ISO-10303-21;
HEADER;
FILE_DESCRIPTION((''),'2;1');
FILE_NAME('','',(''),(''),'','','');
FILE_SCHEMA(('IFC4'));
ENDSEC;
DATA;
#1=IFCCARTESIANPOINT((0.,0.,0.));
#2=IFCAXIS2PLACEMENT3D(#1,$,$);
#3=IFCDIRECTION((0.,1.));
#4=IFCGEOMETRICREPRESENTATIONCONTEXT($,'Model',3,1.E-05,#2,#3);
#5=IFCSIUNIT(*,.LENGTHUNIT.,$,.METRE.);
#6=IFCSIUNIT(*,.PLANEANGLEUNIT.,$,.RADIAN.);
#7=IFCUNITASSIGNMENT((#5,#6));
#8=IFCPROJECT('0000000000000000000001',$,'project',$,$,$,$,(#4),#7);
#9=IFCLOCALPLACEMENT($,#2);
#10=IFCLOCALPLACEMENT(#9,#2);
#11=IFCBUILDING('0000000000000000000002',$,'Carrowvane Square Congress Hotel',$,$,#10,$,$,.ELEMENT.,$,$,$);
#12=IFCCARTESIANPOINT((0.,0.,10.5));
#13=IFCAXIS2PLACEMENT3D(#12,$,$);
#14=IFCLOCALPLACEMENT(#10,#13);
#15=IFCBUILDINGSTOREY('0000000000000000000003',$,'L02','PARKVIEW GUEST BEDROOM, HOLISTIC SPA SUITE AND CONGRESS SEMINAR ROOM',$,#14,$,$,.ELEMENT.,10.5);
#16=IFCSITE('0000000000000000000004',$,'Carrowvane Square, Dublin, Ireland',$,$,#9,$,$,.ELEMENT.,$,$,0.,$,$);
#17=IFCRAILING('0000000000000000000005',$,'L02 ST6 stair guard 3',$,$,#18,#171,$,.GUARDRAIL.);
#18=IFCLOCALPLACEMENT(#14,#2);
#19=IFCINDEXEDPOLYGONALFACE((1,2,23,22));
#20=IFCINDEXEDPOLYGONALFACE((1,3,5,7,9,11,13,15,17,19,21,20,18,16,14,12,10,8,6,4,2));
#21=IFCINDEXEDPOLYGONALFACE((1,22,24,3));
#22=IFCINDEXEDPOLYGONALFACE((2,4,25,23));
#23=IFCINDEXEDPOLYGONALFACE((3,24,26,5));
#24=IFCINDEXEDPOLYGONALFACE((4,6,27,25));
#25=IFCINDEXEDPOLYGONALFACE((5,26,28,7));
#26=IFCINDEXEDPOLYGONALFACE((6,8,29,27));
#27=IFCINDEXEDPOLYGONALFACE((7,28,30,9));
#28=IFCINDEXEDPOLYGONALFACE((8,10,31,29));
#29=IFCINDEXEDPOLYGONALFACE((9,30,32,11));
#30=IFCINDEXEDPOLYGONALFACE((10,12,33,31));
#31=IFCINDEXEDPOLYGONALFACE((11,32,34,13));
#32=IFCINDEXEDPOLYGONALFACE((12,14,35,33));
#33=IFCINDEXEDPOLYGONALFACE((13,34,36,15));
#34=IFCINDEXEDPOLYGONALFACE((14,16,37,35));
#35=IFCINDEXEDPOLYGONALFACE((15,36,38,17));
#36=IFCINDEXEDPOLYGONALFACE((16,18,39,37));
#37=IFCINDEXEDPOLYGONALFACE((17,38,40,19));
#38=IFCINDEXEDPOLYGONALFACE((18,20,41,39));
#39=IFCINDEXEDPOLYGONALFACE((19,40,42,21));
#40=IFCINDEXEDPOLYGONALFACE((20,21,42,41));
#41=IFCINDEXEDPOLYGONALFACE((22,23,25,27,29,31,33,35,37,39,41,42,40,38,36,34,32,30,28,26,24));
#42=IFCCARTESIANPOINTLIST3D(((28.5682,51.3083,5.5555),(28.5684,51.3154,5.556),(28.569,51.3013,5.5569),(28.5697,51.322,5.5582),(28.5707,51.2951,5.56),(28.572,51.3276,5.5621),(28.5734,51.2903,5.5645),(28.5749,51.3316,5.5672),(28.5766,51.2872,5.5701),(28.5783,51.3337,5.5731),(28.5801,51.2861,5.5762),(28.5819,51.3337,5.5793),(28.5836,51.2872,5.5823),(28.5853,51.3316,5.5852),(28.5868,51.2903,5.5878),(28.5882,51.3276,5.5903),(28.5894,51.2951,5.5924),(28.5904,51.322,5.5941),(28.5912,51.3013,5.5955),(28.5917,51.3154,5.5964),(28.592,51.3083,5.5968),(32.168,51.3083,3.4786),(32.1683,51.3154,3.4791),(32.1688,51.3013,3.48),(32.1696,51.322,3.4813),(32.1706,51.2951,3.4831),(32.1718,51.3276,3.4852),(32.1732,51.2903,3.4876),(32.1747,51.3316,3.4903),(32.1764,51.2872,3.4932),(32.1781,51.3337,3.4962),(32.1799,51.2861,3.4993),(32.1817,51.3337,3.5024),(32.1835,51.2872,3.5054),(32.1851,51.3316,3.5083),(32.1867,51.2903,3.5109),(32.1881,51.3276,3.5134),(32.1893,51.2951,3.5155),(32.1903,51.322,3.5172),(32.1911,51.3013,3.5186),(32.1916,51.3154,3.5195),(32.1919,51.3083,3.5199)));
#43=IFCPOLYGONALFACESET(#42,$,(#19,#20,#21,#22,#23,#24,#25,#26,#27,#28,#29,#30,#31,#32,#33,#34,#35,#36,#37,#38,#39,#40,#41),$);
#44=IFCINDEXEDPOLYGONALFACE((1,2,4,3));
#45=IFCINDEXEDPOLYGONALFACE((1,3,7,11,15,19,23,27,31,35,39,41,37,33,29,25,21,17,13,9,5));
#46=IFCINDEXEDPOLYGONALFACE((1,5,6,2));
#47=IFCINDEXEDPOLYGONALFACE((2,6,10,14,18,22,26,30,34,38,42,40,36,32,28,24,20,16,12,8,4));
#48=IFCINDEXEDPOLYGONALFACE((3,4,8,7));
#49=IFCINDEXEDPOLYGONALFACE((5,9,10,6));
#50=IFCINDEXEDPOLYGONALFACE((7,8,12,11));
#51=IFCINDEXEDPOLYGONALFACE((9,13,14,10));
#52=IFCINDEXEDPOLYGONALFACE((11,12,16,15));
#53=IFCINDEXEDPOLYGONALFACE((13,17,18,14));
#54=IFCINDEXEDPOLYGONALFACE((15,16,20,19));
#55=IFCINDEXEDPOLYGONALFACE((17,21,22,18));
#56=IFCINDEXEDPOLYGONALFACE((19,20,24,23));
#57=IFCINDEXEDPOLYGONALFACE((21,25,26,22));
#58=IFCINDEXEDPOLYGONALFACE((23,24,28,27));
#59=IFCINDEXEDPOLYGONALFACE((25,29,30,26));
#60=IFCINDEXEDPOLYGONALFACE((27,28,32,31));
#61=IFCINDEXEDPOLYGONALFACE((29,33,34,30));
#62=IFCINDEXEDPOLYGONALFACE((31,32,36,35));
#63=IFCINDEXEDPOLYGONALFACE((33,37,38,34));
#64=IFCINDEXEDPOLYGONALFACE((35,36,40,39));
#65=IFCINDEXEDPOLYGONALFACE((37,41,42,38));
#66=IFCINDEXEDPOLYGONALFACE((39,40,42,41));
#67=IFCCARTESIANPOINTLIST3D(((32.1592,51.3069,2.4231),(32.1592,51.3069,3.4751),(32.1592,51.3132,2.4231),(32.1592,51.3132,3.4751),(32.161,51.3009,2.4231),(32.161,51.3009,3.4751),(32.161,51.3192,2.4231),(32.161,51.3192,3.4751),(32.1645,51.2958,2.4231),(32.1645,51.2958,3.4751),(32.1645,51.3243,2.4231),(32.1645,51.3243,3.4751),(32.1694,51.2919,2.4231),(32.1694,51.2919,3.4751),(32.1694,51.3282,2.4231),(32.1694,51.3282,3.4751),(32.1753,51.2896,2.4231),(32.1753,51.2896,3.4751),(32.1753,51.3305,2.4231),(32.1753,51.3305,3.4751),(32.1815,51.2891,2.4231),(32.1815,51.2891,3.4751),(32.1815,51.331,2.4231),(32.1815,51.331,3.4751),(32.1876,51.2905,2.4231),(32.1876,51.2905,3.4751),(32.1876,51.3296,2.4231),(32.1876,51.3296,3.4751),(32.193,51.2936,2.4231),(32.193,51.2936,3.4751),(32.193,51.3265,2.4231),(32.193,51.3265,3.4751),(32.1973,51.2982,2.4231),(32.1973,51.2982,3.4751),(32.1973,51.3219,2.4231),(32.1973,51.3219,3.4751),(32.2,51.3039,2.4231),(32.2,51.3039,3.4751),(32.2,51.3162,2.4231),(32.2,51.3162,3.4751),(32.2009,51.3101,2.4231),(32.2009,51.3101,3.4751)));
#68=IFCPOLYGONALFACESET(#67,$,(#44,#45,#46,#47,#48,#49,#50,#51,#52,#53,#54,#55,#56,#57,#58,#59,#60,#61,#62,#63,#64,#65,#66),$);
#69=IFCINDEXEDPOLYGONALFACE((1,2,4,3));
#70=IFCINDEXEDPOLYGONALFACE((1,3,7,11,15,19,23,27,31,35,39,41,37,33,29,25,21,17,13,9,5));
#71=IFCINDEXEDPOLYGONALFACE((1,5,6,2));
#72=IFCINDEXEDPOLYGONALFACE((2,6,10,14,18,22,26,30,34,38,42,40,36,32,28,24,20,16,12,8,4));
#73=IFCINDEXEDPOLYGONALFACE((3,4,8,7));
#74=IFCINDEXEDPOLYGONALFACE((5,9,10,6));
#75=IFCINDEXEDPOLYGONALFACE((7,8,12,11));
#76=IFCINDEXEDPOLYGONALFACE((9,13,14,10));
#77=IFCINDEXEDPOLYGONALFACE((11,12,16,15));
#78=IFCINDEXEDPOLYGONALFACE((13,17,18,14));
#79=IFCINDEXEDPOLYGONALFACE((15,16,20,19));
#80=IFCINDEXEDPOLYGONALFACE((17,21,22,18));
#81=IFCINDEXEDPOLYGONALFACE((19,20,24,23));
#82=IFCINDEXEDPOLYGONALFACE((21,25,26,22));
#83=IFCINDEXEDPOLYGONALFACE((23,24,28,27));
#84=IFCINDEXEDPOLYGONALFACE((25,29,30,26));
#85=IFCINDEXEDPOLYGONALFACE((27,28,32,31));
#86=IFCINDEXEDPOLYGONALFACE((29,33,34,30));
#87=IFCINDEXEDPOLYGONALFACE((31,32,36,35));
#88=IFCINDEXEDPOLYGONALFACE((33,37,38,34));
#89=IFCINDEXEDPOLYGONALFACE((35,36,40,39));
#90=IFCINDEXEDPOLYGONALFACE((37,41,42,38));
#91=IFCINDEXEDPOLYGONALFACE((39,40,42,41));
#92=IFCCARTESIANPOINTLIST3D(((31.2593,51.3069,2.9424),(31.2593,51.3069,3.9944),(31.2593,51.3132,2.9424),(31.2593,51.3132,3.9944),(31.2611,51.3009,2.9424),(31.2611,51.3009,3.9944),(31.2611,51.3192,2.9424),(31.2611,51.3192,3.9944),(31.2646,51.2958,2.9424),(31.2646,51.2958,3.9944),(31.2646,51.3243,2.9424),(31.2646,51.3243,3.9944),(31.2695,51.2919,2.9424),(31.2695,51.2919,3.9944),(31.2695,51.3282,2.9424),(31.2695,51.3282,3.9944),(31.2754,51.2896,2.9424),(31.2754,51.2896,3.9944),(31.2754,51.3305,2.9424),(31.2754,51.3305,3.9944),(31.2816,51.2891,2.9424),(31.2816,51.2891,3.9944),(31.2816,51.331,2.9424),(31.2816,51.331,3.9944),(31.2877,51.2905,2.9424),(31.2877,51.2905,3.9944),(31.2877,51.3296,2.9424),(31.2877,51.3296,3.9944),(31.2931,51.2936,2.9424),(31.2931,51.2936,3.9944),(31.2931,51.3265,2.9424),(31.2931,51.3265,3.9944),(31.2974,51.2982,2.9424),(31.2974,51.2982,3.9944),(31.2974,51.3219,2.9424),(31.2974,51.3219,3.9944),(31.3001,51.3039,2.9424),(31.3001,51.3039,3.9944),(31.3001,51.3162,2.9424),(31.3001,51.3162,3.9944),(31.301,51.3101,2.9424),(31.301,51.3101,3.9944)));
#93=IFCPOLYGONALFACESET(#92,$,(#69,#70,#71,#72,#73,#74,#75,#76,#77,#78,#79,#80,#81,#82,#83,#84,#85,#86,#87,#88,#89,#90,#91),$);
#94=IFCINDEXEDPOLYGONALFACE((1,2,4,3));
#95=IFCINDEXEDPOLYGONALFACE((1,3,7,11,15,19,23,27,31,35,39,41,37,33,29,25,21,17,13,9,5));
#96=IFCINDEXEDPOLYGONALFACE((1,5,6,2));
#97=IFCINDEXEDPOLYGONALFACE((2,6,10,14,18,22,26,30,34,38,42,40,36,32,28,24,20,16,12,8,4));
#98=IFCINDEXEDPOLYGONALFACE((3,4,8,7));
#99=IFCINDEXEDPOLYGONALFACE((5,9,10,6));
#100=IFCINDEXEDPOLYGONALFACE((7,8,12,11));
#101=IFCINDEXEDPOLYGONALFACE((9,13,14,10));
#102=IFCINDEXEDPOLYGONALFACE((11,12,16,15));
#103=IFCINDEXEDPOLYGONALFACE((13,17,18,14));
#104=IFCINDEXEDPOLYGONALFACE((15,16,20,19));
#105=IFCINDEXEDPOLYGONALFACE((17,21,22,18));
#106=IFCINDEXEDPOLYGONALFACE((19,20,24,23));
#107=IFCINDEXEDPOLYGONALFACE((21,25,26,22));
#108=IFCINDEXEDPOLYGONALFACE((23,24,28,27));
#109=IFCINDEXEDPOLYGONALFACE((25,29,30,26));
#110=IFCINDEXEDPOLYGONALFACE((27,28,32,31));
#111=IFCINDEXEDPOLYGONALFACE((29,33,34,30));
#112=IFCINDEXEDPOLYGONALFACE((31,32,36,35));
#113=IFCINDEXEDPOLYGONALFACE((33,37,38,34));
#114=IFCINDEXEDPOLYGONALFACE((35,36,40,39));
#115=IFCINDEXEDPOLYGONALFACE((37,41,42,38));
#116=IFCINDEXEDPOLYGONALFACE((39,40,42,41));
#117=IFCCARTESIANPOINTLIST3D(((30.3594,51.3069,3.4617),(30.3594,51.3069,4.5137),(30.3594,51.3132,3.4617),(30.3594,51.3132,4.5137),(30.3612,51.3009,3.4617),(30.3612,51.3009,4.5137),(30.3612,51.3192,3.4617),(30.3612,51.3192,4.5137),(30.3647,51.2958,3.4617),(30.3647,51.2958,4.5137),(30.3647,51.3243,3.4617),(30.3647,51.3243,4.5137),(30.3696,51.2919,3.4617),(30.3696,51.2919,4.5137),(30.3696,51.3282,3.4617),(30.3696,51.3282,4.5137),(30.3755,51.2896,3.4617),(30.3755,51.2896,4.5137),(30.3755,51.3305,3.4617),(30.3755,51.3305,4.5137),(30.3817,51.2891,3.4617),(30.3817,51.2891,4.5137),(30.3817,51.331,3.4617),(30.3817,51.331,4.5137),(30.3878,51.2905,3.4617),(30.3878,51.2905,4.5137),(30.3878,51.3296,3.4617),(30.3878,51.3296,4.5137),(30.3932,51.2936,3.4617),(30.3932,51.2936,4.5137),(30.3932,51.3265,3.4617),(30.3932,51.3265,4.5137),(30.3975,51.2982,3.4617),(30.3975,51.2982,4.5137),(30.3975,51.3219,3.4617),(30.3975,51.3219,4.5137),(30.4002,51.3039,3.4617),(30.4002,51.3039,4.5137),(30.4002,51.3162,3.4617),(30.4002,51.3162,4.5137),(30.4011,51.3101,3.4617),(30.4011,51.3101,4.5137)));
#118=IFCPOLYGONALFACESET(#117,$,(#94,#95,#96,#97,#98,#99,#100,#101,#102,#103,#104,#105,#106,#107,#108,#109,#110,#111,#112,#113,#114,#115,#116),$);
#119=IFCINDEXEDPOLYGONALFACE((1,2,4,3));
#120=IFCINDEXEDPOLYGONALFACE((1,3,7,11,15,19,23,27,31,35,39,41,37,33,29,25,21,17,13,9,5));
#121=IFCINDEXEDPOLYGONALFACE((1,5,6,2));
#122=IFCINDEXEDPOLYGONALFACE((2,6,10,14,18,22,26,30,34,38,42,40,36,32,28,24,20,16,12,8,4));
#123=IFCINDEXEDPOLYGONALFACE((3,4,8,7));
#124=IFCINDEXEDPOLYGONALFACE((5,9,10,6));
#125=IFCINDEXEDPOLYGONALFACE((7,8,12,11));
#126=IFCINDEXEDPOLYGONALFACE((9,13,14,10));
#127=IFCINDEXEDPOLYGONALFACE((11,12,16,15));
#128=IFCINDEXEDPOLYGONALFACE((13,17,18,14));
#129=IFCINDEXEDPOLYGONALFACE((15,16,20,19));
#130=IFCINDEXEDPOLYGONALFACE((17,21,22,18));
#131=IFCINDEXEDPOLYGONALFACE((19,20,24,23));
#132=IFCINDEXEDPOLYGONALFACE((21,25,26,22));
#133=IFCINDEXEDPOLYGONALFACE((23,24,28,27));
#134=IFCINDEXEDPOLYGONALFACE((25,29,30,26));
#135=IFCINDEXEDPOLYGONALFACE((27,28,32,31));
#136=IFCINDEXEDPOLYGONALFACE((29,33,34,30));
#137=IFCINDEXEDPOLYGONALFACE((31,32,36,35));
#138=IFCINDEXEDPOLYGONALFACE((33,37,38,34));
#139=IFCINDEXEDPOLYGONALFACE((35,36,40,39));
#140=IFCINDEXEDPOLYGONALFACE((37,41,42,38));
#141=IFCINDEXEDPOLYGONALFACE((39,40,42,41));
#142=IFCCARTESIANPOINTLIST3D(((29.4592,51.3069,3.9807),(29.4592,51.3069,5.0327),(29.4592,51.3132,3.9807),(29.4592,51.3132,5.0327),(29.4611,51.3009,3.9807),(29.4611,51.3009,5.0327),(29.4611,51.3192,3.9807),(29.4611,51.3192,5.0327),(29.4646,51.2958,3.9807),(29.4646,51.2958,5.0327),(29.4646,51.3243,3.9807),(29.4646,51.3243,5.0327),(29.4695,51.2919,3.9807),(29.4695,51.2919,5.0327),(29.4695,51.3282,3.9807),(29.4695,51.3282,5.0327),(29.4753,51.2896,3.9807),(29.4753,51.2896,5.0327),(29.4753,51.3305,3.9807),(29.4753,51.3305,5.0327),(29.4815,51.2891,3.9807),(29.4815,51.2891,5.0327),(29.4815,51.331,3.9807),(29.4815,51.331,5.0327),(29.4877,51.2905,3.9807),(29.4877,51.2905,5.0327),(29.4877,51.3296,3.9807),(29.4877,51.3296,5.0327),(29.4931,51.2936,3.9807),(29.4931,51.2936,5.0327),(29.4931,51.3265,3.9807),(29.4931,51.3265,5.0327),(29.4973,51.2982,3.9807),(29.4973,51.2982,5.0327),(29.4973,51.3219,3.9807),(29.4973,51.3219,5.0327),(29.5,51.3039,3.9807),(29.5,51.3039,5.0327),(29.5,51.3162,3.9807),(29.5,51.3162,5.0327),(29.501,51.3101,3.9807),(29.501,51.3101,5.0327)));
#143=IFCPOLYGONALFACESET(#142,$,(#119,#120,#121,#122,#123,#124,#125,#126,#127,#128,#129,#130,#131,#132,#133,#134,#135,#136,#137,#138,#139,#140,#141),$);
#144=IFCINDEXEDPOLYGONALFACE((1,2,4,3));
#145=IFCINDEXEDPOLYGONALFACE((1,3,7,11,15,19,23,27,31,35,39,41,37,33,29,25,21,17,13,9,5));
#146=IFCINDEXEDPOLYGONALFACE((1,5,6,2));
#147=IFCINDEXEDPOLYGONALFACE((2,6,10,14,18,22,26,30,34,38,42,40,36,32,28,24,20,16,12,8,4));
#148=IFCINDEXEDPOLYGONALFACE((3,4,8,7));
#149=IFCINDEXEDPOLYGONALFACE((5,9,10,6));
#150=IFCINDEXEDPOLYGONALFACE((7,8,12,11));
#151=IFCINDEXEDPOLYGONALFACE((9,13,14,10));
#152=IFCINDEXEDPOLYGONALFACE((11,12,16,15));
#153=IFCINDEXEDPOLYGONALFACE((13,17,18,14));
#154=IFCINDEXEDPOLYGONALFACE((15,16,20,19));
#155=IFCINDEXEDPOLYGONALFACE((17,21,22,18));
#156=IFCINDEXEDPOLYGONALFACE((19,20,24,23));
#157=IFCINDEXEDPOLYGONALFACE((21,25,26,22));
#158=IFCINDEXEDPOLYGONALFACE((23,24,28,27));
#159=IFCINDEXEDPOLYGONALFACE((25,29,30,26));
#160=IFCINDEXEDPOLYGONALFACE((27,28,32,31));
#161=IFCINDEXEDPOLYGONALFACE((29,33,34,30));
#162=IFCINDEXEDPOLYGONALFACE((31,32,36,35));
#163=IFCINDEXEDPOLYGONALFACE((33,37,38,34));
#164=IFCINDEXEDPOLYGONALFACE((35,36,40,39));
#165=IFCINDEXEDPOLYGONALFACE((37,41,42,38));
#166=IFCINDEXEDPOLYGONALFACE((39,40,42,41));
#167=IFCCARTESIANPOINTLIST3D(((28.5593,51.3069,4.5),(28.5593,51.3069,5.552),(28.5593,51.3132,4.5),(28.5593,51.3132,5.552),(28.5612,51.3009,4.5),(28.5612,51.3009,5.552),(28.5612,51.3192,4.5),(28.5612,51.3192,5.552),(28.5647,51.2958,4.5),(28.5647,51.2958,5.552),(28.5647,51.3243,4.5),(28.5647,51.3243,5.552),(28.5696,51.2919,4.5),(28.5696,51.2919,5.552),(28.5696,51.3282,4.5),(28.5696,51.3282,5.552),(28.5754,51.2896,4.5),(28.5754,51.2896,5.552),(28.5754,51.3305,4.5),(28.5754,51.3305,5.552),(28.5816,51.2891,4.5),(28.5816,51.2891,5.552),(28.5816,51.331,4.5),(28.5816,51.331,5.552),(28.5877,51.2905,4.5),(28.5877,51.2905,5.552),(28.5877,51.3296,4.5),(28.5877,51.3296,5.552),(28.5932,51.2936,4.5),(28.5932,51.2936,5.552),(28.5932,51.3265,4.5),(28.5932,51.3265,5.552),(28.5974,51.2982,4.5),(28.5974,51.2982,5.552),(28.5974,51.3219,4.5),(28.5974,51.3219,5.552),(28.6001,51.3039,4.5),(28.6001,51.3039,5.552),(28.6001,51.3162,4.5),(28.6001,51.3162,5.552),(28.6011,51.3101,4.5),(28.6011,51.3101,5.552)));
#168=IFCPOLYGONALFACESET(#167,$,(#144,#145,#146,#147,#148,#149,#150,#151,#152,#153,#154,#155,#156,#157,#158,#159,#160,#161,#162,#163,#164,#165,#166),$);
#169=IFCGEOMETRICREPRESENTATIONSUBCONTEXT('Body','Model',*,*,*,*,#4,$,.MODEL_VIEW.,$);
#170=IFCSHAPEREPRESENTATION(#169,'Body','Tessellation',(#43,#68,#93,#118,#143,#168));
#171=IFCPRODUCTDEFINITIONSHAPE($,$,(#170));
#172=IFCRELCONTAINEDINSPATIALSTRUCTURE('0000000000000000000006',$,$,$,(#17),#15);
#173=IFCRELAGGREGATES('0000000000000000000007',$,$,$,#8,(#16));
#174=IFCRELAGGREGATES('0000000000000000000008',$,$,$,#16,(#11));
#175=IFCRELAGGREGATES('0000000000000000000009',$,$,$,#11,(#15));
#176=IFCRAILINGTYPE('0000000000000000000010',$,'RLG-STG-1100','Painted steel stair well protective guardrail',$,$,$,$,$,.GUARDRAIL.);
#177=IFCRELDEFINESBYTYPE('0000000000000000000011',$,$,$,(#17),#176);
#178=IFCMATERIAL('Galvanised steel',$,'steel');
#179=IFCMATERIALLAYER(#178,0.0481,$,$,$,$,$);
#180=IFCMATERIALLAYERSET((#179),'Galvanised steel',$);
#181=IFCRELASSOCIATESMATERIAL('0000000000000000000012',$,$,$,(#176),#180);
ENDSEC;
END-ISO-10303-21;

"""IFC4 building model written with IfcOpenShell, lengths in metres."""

from ifc_helpers import new_model, si_unit, direction, frame, origin, origin_2d, place, context, subcontext, project, spatial, circle, extrude, material, layer, layer_set, type_object, element, save


model = new_model("IFC4")

# Units and contexts
model_context = context("Model", 3, precision=1e-05, world=origin(), true_north=direction((0.0, 1.0)))
body_context = subcontext(model_context, "Body", "Model", "MODEL_VIEW")
ifc_project = project(units=[si_unit("LENGTHUNIT", "METRE"), si_unit("PLANEANGLEUNIT", "RADIAN")], contexts=[model_context])

# Site, building, storey
site_placement = place(None, origin())
site = spatial("IfcSite", under=ifc_project, at=site_placement, Name="Carrowvane Square, Dublin, Ireland", CompositionType="ELEMENT", RefElevation=0.0)
building_placement = place(site_placement, origin())
building = spatial("IfcBuilding", under=site, at=building_placement, Name="Carrowvane Square Congress Hotel", CompositionType="ELEMENT")
storey_placement = place(building_placement, frame((0.0, 0.0, 10.5)))
storey = spatial("IfcBuildingStorey", under=building, at=storey_placement, Name="L02", Description="PARKVIEW GUEST BEDROOM, HOLISTIC SPA SUITE AND CONGRESS SEMINAR ROOM", CompositionType="ELEMENT", Elevation=10.5)

# Railing
ifc_material_1 = material(Name="Galvanised steel", Category="steel")
ifc_layer_1 = layer(ifc_material_1, 0.0481)
ifc_layer_set_1 = layer_set([ifc_layer_1], Name="Galvanised steel")
railing_type_1 = type_object("IfcRailingType", Name="RLG-STG-1100", Description="Painted steel stair well protective guardrail", PredefinedType="GUARDRAIL", material=ifc_layer_set_1)
railing_1_placement = place(storey_placement, frame((32.1799, 51.3101, 2.4231)))
element("IfcRailing", 1, at=railing_1_placement, inside=storey, type_object=railing_type_1, Name="L02 ST6 stair guard 3", PredefinedType="GUARDRAIL", context=body_context, shape_type="SweptSolid", body=[
    extrude(circle(Radius=0.0239, at=origin_2d()), frame((0.0, 0.0, 1.0762), z_axis=(-0.866179, 0.0, 0.499734), x_axis=(0.0, -1.0, 0.0)), (0.0, 0.0, 1.0), 4.156),
    extrude(circle(Radius=0.021, at=origin_2d()), origin(), (0.0, 0.0, 1.0), 1.052),
    extrude(circle(Radius=0.021, at=origin_2d()), frame((-0.8999, 0.0, 0.5193)), (0.0, 0.0, 1.0), 1.052),
    extrude(circle(Radius=0.021, at=origin_2d()), frame((-1.7998, 0.0, 1.0386)), (0.0, 0.0, 1.0), 1.052),
    extrude(circle(Radius=0.021, at=origin_2d()), frame((-2.7, 0.0, 1.5576)), (0.0, 0.0, 1.0), 1.052),
    extrude(circle(Radius=0.021, at=origin_2d()), frame((-3.5999, 0.0, 2.0769)), (0.0, 0.0, 1.0), 1.052),
])

save(model, "model.ifc")
